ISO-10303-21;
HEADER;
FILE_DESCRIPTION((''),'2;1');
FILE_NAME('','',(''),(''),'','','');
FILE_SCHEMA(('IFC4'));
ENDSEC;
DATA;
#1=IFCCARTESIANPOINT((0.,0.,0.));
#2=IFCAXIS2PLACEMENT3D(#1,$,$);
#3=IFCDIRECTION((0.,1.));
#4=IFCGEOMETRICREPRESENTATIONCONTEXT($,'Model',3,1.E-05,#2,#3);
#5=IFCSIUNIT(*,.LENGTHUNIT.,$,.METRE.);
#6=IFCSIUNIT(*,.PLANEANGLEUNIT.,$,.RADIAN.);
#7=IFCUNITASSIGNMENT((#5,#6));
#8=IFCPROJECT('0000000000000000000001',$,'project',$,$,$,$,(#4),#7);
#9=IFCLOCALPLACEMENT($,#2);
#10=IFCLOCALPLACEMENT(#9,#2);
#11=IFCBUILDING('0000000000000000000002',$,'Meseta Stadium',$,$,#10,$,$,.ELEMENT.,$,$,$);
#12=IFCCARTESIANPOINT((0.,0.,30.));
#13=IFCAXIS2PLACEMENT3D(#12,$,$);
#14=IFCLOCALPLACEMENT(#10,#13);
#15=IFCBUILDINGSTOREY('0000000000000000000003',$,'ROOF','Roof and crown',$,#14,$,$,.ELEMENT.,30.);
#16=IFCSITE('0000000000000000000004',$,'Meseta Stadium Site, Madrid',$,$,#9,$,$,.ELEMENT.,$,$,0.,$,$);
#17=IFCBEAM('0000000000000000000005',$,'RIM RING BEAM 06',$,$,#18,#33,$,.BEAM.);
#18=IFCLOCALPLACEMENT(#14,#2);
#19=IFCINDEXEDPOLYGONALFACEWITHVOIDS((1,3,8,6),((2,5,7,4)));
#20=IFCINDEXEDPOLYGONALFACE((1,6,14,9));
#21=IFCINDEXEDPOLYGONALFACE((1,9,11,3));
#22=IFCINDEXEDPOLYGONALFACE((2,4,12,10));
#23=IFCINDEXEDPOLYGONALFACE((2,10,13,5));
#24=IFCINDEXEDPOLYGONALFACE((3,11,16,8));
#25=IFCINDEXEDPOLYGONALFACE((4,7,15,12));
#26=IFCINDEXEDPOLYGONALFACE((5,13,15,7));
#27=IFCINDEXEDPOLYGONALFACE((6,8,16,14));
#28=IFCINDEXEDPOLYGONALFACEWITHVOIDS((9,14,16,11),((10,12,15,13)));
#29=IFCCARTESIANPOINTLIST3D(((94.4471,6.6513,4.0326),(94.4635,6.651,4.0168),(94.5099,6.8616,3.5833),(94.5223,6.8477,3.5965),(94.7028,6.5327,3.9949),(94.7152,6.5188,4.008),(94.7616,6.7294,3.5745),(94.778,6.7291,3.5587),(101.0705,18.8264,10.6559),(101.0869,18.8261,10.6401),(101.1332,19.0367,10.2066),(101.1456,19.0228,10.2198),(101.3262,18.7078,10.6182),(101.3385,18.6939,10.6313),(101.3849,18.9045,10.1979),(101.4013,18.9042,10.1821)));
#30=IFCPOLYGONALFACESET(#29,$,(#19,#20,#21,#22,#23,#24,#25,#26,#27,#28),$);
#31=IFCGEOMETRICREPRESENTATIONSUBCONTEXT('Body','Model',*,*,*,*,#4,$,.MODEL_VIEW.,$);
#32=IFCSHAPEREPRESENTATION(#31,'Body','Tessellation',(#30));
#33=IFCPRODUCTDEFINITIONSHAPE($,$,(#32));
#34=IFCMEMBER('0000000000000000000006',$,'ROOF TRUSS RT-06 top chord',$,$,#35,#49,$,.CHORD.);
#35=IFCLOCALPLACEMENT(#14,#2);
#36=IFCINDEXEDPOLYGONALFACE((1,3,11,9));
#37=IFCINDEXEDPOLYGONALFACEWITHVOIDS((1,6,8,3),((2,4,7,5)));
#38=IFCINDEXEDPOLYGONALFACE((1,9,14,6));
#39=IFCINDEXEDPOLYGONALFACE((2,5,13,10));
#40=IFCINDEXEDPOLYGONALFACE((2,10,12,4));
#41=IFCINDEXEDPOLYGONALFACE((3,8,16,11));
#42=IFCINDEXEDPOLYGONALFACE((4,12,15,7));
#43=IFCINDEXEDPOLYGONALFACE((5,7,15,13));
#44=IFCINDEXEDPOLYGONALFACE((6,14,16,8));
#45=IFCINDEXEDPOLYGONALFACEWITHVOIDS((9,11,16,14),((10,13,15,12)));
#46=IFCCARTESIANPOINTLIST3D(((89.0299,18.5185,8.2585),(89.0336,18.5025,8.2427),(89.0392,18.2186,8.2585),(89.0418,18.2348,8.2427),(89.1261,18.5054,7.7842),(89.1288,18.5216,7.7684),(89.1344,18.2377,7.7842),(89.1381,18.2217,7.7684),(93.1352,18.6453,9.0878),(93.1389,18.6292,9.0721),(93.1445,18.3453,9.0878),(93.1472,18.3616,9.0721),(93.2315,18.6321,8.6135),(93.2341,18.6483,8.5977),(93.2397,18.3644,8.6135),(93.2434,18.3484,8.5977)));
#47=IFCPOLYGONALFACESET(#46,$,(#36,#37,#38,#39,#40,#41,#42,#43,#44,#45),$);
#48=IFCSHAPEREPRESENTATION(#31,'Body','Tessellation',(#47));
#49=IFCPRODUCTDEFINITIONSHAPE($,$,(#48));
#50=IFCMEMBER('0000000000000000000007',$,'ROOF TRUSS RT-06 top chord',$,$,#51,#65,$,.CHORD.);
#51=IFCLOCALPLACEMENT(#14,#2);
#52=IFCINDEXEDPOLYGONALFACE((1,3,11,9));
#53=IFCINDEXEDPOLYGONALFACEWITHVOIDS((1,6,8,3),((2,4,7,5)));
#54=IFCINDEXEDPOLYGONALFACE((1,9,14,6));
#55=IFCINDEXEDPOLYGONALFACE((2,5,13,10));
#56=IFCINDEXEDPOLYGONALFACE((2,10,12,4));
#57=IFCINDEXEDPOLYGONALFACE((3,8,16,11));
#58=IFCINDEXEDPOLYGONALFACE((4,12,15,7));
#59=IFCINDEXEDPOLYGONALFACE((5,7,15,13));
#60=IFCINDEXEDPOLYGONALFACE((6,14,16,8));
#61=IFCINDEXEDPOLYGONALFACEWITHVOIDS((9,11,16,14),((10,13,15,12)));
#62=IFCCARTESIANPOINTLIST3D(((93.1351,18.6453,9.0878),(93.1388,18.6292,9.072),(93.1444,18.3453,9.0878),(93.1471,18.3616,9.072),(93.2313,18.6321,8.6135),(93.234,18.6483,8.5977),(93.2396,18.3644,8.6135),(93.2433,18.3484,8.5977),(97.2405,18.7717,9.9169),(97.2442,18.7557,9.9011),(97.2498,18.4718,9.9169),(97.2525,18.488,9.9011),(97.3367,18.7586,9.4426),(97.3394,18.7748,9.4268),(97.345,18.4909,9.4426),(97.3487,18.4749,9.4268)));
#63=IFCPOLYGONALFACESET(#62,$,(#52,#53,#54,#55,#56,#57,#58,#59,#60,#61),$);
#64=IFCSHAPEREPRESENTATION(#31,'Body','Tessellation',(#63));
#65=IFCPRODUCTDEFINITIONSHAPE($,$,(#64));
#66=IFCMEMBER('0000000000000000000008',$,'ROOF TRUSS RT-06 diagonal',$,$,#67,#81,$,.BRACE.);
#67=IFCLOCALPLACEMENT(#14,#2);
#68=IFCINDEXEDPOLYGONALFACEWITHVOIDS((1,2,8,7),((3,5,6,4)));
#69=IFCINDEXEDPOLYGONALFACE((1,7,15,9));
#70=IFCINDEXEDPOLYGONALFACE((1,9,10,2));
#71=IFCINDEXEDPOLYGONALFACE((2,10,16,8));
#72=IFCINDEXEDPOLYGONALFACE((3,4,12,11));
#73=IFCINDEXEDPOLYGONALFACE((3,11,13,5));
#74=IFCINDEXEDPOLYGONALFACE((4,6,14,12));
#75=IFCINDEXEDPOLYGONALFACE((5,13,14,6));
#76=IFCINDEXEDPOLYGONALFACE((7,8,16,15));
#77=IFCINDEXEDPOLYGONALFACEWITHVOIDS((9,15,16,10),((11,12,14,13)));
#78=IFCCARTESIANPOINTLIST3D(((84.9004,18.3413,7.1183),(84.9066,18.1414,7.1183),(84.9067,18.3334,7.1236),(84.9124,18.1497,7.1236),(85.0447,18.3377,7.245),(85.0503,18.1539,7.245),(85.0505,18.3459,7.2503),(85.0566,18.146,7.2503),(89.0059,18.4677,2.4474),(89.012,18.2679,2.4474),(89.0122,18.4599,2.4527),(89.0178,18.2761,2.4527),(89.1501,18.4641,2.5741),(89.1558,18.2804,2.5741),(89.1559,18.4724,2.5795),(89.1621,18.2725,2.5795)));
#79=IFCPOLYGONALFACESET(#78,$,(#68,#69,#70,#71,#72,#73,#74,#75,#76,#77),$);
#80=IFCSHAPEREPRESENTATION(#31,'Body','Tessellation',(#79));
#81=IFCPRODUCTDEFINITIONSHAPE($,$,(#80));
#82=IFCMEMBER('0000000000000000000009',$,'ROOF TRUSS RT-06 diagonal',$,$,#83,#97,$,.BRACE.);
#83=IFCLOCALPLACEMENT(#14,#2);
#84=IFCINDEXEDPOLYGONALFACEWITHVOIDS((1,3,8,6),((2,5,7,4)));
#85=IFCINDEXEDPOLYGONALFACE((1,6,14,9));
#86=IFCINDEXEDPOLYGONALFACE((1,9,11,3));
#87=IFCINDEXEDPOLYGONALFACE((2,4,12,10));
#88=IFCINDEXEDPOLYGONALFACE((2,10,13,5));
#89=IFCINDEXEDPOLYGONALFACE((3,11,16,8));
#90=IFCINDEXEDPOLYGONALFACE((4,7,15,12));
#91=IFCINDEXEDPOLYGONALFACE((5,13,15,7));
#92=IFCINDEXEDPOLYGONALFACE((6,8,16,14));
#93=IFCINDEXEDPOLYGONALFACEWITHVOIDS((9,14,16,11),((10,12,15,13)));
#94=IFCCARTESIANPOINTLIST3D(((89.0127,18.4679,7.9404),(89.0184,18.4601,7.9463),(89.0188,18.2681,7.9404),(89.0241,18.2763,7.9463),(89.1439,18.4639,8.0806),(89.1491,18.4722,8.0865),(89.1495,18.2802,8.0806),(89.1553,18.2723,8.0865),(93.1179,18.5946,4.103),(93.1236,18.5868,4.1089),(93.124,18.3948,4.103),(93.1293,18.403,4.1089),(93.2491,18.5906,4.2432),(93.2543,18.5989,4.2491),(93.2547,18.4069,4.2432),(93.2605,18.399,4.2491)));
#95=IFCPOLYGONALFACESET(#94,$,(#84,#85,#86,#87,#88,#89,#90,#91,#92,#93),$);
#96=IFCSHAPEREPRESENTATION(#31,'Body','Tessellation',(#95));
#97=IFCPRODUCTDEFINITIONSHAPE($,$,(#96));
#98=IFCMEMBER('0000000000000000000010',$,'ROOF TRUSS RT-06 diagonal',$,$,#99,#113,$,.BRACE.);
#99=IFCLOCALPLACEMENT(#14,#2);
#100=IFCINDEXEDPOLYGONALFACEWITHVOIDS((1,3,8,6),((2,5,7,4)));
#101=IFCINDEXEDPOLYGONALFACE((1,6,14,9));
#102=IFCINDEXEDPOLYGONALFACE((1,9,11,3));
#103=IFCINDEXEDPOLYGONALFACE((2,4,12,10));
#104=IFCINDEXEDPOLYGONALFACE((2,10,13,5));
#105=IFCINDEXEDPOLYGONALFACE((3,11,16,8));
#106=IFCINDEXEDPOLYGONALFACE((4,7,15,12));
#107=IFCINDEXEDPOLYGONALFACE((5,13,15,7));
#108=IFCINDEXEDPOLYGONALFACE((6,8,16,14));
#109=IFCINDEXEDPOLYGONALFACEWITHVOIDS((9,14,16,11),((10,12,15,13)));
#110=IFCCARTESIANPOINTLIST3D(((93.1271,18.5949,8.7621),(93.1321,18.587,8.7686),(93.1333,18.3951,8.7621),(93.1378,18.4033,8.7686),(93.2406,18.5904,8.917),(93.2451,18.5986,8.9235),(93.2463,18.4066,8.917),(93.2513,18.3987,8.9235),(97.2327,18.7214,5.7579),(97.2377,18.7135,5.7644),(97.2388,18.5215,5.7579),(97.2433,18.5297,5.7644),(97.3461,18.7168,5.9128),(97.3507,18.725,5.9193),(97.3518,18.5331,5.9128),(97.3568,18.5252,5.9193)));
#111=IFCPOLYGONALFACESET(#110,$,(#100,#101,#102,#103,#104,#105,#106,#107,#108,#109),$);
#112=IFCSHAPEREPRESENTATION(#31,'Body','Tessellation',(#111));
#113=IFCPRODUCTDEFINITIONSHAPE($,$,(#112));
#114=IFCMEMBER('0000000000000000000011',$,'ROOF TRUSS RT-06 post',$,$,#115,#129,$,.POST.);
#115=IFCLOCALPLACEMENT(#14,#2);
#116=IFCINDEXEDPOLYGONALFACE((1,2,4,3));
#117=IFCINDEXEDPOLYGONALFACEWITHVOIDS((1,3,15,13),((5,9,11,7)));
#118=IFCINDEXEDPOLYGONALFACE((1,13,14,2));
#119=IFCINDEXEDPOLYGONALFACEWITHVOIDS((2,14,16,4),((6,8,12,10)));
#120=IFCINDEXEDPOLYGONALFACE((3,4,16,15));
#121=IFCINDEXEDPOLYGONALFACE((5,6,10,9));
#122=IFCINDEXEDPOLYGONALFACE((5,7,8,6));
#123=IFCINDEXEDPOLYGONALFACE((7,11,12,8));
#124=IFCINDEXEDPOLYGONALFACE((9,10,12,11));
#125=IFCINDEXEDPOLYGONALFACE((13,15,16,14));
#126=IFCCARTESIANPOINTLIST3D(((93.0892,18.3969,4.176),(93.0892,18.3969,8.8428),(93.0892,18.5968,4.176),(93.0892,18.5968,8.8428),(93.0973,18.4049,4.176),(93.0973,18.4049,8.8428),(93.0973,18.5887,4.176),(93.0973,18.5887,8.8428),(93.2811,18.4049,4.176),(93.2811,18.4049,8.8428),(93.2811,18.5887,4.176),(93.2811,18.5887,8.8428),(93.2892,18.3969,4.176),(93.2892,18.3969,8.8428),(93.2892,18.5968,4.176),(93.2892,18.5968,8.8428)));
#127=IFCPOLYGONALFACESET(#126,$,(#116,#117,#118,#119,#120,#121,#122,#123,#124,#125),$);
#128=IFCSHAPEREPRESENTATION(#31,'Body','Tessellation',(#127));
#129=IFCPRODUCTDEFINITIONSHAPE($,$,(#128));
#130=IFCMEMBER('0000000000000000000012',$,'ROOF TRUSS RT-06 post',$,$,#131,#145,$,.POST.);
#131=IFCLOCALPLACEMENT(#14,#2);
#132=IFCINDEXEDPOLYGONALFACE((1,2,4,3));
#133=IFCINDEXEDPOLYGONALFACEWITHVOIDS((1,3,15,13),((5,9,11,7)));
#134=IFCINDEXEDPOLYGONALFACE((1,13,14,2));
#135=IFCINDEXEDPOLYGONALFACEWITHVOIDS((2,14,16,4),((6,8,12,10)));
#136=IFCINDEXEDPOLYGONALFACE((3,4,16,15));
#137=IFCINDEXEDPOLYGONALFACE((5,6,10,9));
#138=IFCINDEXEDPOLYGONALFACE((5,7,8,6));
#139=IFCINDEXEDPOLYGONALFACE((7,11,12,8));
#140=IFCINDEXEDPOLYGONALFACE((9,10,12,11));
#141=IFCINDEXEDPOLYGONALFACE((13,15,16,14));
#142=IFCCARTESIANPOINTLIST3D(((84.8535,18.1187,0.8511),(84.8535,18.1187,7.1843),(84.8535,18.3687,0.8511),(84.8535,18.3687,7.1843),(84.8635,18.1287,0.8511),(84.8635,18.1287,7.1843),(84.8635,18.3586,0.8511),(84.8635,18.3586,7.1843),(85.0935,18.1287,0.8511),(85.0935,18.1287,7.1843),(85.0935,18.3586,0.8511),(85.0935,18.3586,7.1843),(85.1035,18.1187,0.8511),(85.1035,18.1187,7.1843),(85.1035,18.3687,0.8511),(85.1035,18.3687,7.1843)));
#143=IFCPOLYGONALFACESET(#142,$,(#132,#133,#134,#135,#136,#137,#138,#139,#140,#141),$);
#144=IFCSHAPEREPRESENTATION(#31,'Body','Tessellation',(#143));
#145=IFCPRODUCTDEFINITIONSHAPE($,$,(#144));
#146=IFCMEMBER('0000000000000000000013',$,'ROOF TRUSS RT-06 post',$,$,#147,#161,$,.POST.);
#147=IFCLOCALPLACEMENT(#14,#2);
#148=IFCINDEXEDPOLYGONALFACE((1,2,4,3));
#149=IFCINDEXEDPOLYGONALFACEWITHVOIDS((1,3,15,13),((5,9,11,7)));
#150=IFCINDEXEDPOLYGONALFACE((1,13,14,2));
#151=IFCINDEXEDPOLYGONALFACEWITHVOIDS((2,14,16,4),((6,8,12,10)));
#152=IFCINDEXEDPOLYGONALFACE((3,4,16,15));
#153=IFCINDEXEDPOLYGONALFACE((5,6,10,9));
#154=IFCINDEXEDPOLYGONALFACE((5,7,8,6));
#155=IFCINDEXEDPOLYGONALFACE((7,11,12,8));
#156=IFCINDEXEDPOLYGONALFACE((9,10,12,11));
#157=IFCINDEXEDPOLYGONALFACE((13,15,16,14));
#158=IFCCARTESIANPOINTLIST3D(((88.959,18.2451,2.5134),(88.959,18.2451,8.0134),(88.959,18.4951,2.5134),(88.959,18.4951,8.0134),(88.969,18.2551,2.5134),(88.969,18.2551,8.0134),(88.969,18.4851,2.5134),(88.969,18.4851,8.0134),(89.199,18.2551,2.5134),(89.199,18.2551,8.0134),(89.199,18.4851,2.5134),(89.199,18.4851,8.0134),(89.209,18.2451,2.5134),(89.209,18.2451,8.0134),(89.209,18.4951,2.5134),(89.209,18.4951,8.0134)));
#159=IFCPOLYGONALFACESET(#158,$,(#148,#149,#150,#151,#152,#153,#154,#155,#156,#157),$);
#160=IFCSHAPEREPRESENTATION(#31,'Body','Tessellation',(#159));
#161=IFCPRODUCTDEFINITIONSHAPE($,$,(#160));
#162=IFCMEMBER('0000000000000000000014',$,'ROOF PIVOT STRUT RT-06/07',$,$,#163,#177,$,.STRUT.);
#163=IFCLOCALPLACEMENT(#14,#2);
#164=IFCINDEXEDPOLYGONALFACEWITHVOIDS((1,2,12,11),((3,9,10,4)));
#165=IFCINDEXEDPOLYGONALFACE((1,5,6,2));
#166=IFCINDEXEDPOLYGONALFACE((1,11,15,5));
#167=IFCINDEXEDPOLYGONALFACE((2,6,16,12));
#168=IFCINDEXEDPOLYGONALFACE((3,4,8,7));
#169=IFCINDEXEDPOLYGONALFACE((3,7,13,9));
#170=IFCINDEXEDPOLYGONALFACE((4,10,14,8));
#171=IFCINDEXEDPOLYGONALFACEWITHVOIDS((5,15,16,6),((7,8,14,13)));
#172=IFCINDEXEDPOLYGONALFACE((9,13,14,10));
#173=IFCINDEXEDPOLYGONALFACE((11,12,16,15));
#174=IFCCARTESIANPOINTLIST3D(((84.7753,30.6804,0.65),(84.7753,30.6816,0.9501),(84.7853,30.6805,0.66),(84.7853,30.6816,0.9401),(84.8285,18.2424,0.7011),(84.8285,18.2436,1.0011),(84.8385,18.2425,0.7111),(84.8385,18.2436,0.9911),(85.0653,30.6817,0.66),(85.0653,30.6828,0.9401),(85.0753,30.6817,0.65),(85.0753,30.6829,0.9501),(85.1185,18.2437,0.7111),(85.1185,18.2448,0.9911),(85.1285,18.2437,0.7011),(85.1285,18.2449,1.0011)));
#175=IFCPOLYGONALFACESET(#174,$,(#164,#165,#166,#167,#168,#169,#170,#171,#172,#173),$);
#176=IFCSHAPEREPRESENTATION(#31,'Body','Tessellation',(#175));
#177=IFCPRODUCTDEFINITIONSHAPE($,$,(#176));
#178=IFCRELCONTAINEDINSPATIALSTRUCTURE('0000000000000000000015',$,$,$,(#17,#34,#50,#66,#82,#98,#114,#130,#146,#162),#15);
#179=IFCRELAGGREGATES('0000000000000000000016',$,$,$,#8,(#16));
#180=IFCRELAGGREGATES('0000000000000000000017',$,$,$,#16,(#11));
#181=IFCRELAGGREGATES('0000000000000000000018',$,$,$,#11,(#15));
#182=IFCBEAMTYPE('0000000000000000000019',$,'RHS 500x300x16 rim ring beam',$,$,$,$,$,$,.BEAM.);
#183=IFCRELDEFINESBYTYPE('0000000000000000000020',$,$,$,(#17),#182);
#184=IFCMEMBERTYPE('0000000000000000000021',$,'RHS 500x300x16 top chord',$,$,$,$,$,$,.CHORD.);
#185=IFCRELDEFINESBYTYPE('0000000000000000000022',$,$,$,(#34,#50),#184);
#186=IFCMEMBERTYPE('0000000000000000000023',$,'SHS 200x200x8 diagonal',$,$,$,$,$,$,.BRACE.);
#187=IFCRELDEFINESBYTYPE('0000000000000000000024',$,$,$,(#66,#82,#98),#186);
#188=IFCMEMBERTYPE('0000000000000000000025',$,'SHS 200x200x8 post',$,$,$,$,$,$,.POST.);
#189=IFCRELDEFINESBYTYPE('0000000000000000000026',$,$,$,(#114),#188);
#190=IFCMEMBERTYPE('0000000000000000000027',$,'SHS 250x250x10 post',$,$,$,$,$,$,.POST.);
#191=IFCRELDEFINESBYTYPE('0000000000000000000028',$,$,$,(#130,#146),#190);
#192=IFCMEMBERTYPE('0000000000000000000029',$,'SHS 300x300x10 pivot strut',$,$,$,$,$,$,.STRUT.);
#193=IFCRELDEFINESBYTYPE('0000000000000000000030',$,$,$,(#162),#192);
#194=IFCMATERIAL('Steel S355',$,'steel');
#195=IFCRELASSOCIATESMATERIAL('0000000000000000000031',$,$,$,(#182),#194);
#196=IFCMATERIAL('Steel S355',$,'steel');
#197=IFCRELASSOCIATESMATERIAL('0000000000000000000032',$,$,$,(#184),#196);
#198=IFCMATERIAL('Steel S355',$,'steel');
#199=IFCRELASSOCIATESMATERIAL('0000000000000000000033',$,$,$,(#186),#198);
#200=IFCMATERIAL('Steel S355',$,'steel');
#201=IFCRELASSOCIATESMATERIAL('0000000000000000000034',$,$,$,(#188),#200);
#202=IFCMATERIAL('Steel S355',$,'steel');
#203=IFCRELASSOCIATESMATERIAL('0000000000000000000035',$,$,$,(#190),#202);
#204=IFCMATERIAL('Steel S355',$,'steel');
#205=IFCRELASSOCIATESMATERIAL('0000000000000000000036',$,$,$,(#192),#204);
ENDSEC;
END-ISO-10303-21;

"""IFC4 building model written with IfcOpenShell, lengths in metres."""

from ifc_helpers import new_model, si_unit, direction, frame, origin, origin_2d, place, context, subcontext, project, spatial, hollow_rectangle, extrude, material, material_profile, profile_set, type_object, element, save


model = new_model("IFC4")

# Units and contexts
model_context = context("Model", 3, precision=1e-05, world=origin(), true_north=direction((0.0, 1.0)))
body_context = subcontext(model_context, "Body", "Model", "MODEL_VIEW")
ifc_project = project(units=[si_unit("LENGTHUNIT", "METRE"), si_unit("PLANEANGLEUNIT", "RADIAN")], contexts=[model_context])

# Site, building, storey
site_placement = place(None, origin())
site = spatial("IfcSite", under=ifc_project, at=site_placement, Name="Meseta Stadium Site, Madrid", CompositionType="ELEMENT", RefElevation=0.0)
building_placement = place(site_placement, origin())
building = spatial("IfcBuilding", under=site, at=building_placement, Name="Meseta Stadium", CompositionType="ELEMENT")
storey_placement = place(building_placement, frame((0.0, 0.0, 30.0)))
storey = spatial("IfcBuildingStorey", under=building, at=storey_placement, Name="ROOF", Description="Roof and crown", CompositionType="ELEMENT", Elevation=30.0)

# Beam
ifc_material_1 = material(Name="Steel S355", Category="steel")
ifc_material_profile_1 = material_profile(ifc_material_1, hollow_rectangle(XDim=0.3, YDim=0.5, WallThickness=0.0161, at=origin_2d()), Name="RHS 500x300x16")
ifc_profile_set_1 = profile_set([ifc_material_profile_1], Name="Steel S355")
beam_type = type_object("IfcBeamType", Name="RHS 500x300x16 rim ring beam", PredefinedType="BEAM", material=ifc_profile_set_1)
beam_placement = place(storey_placement, frame((94.6125, 6.6902, 3.7957), z_axis=(0.431169, 0.792582, 0.431169), x_axis=(-0.893501, 0.441536, 0.081862)))
element("IfcBeam", 1, at=beam_placement, inside=storey, type_object=beam_type, Name="RIM RING BEAM 06", PredefinedType="BEAM", context=body_context, shape_type="SweptSolid", body=[
    extrude(hollow_rectangle(XDim=0.3, YDim=0.5, WallThickness=0.0161, at=origin_2d()), origin(), (0.0, 0.0, 1.0), 15.3613),
])

# Members
ifc_material_2 = material(Name="Steel S355", Category="steel")
ifc_material_profile_2 = material_profile(ifc_material_2, hollow_rectangle(XDim=0.3, YDim=0.5, WallThickness=0.0161, at=origin_2d()), Name="RHS 500x300x16")
ifc_profile_set_2 = profile_set([ifc_material_profile_2], Name="Steel S355")
member_type_1 = type_object("IfcMemberType", Name="RHS 500x300x16 top chord", PredefinedType="CHORD", material=ifc_profile_set_2)
for number, where, z_axis, x_axis, name in (
    (2, (89.084, 18.3701, 8.0134), (0.979749, 0.03024, 0.197931), (-0.030851, 0.999524, 0.0), "ROOF TRUSS RT-06 top chord"),
    (3, (93.1892, 18.4968, 8.8428), (0.979765, 0.030181, 0.197864), (-0.030789, 0.999526, 0.0), "ROOF TRUSS RT-06 top chord"),
):
    element("IfcMember", number, at=place(storey_placement, frame(where, z_axis=z_axis, x_axis=x_axis)), inside=storey, type_object=member_type_1, Name=name, PredefinedType="CHORD", context=body_context, shape_type="SweptSolid", body=[
        extrude(hollow_rectangle(XDim=0.3, YDim=0.5, WallThickness=0.0161, at=origin_2d()), origin(), (0.0, 0.0, 1.0), 4.1902),
    ])
ifc_material_3 = material(Name="Steel S355", Category="steel")
ifc_material_profile_3 = material_profile(ifc_material_3, hollow_rectangle(XDim=0.2, YDim=0.2, WallThickness=0.0081, at=origin_2d()), Name="SHS 200x200x8")
ifc_profile_set_3 = profile_set([ifc_material_profile_3], Name="Steel S355")
member_type_2 = type_object("IfcMemberType", Name="SHS 200x200x8 diagonal", PredefinedType="BRACE", material=ifc_profile_set_3)
member_1_placement = place(storey_placement, frame((84.9785, 18.2437, 7.1843), z_axis=(0.660045, 0.020332, -0.750951), x_axis=(-0.030789, 0.999526, 0.0)))
element("IfcMember", 4, at=member_1_placement, inside=storey, type_object=member_type_2, Name="ROOF TRUSS RT-06 diagonal", PredefinedType="BRACE", context=body_context, shape_type="SweptSolid", body=[
    extrude(hollow_rectangle(XDim=0.2, YDim=0.2, WallThickness=0.0081, at=origin_2d()), origin(), (0.0, 0.0, 1.0), 6.22),
])
member_2_placement = place(storey_placement, frame((89.084, 18.3701, 8.0134), z_axis=(0.730349, 0.022542, -0.682702), x_axis=(-0.030851, 0.999524, 0.0)))
element("IfcMember", 5, at=member_2_placement, inside=storey, type_object=member_type_2, Name="ROOF TRUSS RT-06 diagonal", PredefinedType="BRACE", context=body_context, shape_type="SweptSolid", body=[
    extrude(hollow_rectangle(XDim=0.2, YDim=0.2, WallThickness=0.0081, at=origin_2d()), origin(), (0.0, 0.0, 1.0), 5.6208),
])
member_3_placement = place(storey_placement, frame((93.1892, 18.4968, 8.8428), z_axis=(0.806767, 0.024852, -0.590347), x_axis=(-0.030789, 0.999526, 0.0)))
element("IfcMember", 6, at=member_3_placement, inside=storey, type_object=member_type_2, Name="ROOF TRUSS RT-06 diagonal", PredefinedType="BRACE", context=body_context, shape_type="SweptSolid", body=[
    extrude(hollow_rectangle(XDim=0.2, YDim=0.2, WallThickness=0.0081, at=origin_2d()), origin(), (0.0, 0.0, 1.0), 5.0889),
])
ifc_material_4 = material(Name="Steel S355", Category="steel")
ifc_material_profile_4 = material_profile(ifc_material_4, hollow_rectangle(XDim=0.2, YDim=0.2, WallThickness=0.0081, at=origin_2d()), Name="SHS 200x200x8")
ifc_profile_set_4 = profile_set([ifc_material_profile_4], Name="Steel S355")
member_type_3 = type_object("IfcMemberType", Name="SHS 200x200x8 post", PredefinedType="POST", material=ifc_profile_set_4)
member_4_placement = place(storey_placement, frame((93.1892, 18.4968, 4.176), z_axis=(0.0, 0.0, 1.0), x_axis=(1.0, 0.0, 0.0)))
element("IfcMember", 7, at=member_4_placement, inside=storey, type_object=member_type_3, Name="ROOF TRUSS RT-06 post", PredefinedType="POST", context=body_context, shape_type="SweptSolid", body=[
    extrude(hollow_rectangle(XDim=0.2, YDim=0.2, WallThickness=0.0081, at=origin_2d()), origin(), (0.0, 0.0, 1.0), 4.6667),
])
ifc_material_5 = material(Name="Steel S355", Category="steel")
ifc_material_profile_5 = material_profile(ifc_material_5, hollow_rectangle(XDim=0.25, YDim=0.25, WallThickness=0.01, at=origin_2d()), Name="SHS 250x250x10")
ifc_profile_set_5 = profile_set([ifc_material_profile_5], Name="Steel S355")
member_type_4 = type_object("IfcMemberType", Name="SHS 250x250x10 post", PredefinedType="POST", material=ifc_profile_set_5)
member_5_placement = place(storey_placement, frame((84.9785, 18.2437, 0.8511), z_axis=(0.0, 0.0, 1.0), x_axis=(1.0, 0.0, 0.0)))
element("IfcMember", 8, at=member_5_placement, inside=storey, type_object=member_type_4, Name="ROOF TRUSS RT-06 post", PredefinedType="POST", context=body_context, shape_type="SweptSolid", body=[
    extrude(hollow_rectangle(XDim=0.25, YDim=0.25, WallThickness=0.01, at=origin_2d()), origin(), (0.0, 0.0, 1.0), 6.3333),
])
member_6_placement = place(storey_placement, frame((89.084, 18.3701, 2.5134), z_axis=(0.0, 0.0, 1.0), x_axis=(1.0, 0.0, 0.0)))
element("IfcMember", 9, at=member_6_placement, inside=storey, type_object=member_type_4, Name="ROOF TRUSS RT-06 post", PredefinedType="POST", context=body_context, shape_type="SweptSolid", body=[
    extrude(hollow_rectangle(XDim=0.25, YDim=0.25, WallThickness=0.01, at=origin_2d()), origin(), (0.0, 0.0, 1.0), 5.5),
])
ifc_material_6 = material(Name="Steel S355", Category="steel")
ifc_material_profile_6 = material_profile(ifc_material_6, hollow_rectangle(XDim=0.3, YDim=0.3, WallThickness=0.01, at=origin_2d()), Name="SHS 300x300x10")
ifc_profile_set_6 = profile_set([ifc_material_profile_6], Name="Steel S355")
member_type_5 = type_object("IfcMemberType", Name="SHS 300x300x10 pivot strut", PredefinedType="STRUT", material=ifc_profile_set_6)
member_7_placement = place(storey_placement, frame((84.9785, 18.2437, 0.8511), z_axis=(-0.004279, 0.999982, -0.004102), x_axis=(-0.999991, -0.004279, 0.0)))
element("IfcMember", 10, at=member_7_placement, inside=storey, type_object=member_type_5, Name="ROOF PIVOT STRUT RT-06/07", PredefinedType="STRUT", context=body_context, shape_type="SweptSolid", body=[
    extrude(hollow_rectangle(XDim=0.3, YDim=0.3, WallThickness=0.01, at=origin_2d()), origin(), (0.0, 0.0, 1.0), 12.4382),
])

save(model, "model.ifc")
